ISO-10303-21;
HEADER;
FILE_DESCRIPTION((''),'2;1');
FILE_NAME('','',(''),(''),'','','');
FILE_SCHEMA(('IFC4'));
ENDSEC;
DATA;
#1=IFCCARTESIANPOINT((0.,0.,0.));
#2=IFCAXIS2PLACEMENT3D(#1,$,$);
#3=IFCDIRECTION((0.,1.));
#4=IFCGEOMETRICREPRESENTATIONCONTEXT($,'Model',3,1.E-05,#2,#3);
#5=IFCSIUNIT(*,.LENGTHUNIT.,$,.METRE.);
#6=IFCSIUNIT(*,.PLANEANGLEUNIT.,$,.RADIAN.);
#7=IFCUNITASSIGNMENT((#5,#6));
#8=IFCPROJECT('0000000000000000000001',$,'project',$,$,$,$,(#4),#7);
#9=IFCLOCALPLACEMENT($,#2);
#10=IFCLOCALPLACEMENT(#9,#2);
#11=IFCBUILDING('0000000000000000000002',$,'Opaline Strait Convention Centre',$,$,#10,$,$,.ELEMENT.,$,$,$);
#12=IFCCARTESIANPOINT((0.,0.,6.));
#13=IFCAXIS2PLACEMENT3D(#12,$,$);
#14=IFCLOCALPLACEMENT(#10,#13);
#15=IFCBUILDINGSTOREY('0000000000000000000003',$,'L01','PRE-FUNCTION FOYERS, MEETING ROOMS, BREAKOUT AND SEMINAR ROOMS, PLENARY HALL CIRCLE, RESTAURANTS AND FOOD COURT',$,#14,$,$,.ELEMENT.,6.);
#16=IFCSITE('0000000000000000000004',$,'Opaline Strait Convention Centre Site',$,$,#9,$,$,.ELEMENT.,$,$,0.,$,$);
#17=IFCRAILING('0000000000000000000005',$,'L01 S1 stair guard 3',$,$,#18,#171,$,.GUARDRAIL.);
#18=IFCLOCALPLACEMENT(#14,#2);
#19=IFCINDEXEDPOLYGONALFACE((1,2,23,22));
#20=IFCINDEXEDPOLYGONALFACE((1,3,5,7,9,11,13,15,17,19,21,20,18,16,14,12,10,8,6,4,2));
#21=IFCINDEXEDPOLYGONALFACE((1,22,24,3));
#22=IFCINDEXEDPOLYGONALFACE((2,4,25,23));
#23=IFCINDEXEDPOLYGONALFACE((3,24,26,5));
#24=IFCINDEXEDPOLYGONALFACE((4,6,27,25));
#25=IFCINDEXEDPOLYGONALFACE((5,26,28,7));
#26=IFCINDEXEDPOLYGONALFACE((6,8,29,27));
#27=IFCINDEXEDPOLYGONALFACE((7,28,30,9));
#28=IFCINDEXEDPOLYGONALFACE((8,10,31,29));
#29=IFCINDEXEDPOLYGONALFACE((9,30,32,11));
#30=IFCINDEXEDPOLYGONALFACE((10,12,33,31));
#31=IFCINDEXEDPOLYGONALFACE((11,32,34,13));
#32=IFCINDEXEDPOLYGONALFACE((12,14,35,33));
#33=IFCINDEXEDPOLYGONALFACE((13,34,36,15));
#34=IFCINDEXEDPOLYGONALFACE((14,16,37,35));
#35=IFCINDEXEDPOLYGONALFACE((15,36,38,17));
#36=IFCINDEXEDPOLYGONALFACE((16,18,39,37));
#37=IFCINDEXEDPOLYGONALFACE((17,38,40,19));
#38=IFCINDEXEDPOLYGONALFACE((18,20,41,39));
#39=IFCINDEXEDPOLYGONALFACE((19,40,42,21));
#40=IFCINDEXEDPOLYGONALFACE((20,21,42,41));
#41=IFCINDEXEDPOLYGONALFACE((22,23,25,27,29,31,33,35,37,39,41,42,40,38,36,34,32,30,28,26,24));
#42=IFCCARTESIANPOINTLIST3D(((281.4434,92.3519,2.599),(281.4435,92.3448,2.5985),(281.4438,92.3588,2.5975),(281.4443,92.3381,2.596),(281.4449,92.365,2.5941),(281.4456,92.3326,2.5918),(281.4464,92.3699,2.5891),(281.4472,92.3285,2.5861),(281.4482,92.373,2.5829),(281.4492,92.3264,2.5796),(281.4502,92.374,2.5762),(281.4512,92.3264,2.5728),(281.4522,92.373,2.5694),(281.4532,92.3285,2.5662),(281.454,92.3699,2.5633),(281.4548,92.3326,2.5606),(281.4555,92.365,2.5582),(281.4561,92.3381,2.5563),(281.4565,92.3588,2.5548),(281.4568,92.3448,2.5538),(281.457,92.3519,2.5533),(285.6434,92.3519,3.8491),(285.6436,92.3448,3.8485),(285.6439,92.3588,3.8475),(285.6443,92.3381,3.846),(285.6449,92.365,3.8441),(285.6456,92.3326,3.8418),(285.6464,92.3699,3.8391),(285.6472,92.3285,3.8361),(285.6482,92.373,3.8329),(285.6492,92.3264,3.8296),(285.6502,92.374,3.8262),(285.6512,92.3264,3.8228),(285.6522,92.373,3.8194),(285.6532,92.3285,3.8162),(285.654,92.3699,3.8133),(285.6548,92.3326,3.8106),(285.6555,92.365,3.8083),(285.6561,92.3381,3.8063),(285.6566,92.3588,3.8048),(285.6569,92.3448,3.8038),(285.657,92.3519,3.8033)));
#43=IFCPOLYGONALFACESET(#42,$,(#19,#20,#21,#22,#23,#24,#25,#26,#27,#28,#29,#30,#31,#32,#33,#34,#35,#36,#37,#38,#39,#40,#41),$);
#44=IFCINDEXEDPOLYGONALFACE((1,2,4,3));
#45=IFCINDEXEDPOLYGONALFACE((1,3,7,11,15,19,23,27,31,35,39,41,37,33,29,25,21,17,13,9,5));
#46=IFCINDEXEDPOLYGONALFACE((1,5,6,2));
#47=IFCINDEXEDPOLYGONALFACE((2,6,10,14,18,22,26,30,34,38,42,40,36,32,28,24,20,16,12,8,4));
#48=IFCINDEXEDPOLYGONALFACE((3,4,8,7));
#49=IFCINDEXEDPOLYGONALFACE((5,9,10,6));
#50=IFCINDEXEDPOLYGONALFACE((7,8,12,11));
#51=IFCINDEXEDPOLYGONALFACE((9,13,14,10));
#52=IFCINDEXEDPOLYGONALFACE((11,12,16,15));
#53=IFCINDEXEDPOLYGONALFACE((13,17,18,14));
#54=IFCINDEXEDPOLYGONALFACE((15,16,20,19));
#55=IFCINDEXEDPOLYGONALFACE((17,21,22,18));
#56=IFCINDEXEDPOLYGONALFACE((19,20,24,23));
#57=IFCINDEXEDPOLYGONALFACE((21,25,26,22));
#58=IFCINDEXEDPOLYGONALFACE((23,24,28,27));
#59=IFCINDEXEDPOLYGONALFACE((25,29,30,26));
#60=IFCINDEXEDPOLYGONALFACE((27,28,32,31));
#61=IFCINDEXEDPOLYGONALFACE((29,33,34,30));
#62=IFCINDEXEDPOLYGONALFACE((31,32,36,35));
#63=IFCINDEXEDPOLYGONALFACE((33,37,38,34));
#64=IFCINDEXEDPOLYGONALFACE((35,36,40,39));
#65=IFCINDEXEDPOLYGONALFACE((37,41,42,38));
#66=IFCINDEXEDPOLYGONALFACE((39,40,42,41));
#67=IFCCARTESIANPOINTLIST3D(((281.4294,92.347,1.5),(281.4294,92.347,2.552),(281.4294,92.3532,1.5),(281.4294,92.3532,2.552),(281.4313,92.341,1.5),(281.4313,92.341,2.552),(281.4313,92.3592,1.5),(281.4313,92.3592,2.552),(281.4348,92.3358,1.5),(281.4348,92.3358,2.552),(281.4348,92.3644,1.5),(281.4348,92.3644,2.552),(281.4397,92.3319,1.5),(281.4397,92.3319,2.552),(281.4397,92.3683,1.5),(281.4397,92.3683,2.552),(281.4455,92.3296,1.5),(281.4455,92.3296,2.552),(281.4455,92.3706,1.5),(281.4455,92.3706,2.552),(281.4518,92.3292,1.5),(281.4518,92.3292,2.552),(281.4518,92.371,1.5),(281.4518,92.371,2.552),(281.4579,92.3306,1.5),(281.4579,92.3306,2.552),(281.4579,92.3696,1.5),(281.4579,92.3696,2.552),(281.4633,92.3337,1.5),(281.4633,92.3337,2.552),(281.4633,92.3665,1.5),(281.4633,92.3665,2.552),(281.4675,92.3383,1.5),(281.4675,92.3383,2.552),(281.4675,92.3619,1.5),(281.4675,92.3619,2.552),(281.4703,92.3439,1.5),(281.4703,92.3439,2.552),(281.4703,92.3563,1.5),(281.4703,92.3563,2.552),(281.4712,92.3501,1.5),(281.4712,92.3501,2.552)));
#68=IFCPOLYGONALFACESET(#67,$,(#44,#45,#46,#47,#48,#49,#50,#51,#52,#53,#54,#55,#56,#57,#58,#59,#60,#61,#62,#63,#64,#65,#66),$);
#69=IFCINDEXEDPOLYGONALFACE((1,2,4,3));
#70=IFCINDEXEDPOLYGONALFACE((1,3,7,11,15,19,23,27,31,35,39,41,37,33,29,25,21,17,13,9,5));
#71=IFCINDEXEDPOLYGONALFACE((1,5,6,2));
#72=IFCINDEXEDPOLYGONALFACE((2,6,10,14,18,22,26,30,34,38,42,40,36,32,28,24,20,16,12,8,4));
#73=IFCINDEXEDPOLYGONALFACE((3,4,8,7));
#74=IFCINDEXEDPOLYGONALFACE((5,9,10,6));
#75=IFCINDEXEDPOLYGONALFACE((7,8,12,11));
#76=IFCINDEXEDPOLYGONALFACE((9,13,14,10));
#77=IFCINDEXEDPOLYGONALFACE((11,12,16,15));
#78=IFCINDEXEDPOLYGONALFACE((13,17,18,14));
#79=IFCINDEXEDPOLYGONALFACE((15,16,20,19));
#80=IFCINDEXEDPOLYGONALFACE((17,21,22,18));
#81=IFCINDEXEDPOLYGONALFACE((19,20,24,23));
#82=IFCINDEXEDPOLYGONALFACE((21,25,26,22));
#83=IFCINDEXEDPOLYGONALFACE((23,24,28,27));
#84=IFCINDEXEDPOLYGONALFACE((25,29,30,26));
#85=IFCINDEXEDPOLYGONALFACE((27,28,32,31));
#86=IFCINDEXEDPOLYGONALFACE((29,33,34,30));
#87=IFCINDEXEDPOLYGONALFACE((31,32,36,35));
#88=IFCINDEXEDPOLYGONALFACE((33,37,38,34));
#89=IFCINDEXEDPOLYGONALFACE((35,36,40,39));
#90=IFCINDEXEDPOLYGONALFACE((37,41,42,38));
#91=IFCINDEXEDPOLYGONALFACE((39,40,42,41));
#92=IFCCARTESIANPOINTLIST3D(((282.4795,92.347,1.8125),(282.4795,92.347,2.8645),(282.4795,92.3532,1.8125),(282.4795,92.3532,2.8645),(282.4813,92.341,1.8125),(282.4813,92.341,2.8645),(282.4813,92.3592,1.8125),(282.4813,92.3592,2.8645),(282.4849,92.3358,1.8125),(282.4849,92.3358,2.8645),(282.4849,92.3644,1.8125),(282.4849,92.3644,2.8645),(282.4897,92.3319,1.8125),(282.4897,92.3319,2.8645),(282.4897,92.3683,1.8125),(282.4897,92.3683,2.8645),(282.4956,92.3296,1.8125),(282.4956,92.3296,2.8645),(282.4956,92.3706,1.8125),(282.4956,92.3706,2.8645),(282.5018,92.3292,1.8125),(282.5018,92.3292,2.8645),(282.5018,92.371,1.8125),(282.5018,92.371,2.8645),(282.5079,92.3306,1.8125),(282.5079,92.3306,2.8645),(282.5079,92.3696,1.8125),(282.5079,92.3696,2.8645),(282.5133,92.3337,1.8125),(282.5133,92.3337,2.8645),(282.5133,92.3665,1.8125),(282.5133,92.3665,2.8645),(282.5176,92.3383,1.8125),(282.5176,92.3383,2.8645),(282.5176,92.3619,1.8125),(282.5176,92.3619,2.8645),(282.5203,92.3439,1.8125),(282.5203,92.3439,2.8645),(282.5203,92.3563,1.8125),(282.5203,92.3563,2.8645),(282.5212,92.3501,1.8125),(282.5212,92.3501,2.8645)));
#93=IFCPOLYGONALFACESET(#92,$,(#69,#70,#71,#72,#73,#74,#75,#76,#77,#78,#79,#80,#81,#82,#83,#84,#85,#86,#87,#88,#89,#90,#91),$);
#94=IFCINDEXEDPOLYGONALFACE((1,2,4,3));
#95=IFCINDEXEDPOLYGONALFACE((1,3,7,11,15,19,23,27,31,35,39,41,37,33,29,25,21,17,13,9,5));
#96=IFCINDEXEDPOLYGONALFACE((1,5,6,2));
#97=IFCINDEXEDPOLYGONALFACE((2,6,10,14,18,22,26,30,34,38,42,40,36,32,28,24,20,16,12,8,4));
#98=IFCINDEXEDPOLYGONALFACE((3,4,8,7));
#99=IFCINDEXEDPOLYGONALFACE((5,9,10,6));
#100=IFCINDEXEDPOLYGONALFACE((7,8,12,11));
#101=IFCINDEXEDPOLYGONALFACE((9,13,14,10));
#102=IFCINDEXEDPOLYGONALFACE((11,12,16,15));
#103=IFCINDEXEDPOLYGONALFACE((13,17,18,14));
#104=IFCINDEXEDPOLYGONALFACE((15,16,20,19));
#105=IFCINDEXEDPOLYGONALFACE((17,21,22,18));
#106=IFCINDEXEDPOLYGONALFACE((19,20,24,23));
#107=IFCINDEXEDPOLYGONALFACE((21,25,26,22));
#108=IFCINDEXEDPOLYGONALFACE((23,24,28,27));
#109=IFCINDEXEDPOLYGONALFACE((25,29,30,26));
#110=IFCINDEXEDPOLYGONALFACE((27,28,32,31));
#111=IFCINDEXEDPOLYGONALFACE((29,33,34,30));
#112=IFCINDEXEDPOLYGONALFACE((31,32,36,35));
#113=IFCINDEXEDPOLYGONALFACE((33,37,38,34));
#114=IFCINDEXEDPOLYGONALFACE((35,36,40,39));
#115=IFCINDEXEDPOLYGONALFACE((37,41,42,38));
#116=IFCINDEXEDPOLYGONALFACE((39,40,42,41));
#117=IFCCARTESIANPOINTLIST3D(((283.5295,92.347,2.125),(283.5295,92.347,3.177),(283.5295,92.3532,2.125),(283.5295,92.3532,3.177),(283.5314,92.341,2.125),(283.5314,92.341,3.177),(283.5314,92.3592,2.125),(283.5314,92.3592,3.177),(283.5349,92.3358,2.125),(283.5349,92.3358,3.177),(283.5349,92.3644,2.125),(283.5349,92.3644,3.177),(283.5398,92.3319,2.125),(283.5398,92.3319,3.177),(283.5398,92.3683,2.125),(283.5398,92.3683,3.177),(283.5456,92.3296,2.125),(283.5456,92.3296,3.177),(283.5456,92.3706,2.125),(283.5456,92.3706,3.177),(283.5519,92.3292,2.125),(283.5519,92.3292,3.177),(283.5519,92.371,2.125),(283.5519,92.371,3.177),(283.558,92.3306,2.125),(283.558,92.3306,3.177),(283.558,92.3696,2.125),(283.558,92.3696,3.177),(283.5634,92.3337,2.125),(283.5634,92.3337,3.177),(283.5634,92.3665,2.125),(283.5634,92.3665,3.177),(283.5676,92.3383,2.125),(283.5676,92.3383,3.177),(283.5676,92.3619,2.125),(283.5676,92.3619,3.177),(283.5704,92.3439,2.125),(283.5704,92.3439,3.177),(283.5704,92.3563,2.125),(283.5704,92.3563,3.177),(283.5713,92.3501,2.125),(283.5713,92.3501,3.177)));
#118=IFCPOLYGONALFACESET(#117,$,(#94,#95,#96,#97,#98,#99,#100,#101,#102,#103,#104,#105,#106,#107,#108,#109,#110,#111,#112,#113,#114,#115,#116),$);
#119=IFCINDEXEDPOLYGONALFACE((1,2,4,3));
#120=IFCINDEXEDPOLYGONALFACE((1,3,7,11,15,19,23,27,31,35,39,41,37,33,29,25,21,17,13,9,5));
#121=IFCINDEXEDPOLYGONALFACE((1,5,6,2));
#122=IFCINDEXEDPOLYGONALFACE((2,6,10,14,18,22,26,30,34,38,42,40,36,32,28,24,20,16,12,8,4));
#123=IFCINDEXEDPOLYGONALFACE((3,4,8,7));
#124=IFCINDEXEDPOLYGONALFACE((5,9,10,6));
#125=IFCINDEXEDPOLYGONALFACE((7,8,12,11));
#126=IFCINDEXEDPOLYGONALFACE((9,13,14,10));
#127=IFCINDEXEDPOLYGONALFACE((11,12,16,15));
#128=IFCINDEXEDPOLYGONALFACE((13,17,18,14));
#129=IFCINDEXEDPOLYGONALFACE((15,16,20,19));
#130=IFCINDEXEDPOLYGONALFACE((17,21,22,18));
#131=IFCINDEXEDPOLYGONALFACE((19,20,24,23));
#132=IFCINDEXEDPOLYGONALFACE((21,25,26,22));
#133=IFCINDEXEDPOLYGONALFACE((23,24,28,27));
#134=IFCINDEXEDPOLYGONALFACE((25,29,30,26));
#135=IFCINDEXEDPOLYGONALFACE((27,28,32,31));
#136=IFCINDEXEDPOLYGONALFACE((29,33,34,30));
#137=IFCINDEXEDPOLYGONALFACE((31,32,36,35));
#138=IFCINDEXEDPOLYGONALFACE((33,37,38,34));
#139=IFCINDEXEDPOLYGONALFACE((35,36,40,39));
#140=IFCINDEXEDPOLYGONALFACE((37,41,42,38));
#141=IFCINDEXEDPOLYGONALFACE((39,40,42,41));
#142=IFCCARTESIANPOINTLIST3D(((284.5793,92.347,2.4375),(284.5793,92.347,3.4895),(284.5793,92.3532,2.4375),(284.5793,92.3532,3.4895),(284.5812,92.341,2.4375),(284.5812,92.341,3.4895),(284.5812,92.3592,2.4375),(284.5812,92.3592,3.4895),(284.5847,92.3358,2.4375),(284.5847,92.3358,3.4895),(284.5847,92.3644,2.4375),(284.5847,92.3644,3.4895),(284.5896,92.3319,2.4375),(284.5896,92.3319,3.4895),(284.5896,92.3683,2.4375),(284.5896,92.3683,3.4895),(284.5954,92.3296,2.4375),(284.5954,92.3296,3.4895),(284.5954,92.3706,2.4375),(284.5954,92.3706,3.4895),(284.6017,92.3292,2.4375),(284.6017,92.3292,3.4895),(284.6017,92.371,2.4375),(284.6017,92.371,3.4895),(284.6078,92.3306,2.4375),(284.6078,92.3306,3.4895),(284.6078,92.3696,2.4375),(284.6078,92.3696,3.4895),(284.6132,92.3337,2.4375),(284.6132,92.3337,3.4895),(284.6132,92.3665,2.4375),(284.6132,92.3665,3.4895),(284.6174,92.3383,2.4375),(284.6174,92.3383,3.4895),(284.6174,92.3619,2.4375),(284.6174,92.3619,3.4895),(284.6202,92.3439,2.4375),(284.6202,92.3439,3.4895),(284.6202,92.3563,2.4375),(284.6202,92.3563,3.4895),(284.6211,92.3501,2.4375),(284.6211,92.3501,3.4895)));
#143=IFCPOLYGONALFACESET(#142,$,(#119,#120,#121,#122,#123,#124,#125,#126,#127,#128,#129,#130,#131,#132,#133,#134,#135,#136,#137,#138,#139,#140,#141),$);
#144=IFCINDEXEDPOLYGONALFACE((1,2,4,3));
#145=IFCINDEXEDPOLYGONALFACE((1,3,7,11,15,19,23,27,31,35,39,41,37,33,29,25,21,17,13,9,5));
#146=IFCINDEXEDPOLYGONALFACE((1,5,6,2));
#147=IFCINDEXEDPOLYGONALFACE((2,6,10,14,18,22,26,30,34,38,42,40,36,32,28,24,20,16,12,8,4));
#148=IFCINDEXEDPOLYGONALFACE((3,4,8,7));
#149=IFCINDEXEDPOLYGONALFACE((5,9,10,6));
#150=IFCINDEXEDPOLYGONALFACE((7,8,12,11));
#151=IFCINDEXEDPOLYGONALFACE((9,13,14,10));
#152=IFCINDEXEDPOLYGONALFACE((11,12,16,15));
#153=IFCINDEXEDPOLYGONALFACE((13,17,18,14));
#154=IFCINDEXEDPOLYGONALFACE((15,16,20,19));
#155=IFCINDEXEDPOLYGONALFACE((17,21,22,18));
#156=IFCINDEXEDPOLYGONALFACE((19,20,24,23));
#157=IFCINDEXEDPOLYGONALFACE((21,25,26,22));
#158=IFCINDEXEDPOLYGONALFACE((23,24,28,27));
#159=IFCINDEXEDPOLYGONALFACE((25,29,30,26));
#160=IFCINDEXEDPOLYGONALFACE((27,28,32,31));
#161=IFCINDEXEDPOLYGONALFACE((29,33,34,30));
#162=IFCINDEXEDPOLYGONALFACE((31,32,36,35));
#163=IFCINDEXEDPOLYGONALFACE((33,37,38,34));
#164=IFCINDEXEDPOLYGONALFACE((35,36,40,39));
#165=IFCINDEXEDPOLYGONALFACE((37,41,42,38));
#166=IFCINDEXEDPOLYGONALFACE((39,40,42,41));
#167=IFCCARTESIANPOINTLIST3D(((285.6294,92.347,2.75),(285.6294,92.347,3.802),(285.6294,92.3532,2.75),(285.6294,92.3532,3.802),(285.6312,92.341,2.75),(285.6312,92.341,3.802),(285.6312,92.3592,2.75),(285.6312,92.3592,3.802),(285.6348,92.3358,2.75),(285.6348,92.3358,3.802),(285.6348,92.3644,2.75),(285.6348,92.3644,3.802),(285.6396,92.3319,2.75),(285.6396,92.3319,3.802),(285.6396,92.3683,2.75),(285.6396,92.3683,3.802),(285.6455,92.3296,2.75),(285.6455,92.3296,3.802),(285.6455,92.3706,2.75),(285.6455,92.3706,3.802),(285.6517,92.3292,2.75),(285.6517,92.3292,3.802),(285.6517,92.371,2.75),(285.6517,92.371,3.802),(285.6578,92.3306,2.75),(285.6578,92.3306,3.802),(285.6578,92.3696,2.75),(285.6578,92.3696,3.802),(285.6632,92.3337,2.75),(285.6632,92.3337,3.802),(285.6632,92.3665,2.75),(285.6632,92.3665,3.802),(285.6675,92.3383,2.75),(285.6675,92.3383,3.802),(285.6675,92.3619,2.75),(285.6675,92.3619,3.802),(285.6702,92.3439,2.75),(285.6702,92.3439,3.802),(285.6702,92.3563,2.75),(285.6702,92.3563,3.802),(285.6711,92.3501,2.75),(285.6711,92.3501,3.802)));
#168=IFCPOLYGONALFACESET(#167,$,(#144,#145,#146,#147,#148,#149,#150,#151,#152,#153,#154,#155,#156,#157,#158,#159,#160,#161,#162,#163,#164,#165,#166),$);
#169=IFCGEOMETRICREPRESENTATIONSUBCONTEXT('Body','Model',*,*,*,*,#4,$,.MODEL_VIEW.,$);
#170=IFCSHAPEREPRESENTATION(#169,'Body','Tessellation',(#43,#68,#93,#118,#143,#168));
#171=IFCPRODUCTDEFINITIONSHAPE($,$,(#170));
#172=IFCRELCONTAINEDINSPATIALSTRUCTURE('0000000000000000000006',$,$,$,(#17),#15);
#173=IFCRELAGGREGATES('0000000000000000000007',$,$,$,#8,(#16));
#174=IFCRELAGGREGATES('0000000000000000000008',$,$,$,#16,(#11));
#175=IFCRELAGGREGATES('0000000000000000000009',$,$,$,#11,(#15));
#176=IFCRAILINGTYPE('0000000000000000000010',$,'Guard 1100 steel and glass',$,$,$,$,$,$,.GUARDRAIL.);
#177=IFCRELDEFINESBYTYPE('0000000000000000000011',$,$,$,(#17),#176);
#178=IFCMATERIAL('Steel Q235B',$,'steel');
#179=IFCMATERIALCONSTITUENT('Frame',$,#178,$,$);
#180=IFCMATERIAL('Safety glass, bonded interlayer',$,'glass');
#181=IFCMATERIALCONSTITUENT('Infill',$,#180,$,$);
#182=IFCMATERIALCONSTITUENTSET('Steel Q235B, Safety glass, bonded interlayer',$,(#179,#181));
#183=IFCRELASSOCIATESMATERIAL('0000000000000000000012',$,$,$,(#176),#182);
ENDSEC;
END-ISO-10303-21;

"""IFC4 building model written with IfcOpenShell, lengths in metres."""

from ifc_helpers import new_model, si_unit, direction, frame, origin, origin_2d, place, context, subcontext, project, spatial, circle, extrude, material, constituent, constituent_set, type_object, element, save


model = new_model("IFC4")

# Units and contexts
model_context = context("Model", 3, precision=1e-05, world=origin(), true_north=direction((0.0, 1.0)))
body_context = subcontext(model_context, "Body", "Model", "MODEL_VIEW")
ifc_project = project(units=[si_unit("LENGTHUNIT", "METRE"), si_unit("PLANEANGLEUNIT", "RADIAN")], contexts=[model_context])

# Site, building, storey
site_placement = place(None, origin())
site = spatial("IfcSite", under=ifc_project, at=site_placement, Name="Opaline Strait Convention Centre Site", CompositionType="ELEMENT", RefElevation=0.0)
building_placement = place(site_placement, origin())
building = spatial("IfcBuilding", under=site, at=building_placement, Name="Opaline Strait Convention Centre", CompositionType="ELEMENT")
storey_placement = place(building_placement, frame((0.0, 0.0, 6.0)))
storey = spatial("IfcBuildingStorey", under=building, at=storey_placement, Name="L01", Description="PRE-FUNCTION FOYERS, MEETING ROOMS, BREAKOUT AND SEMINAR ROOMS, PLENARY HALL CIRCLE, RESTAURANTS AND FOOD COURT", CompositionType="ELEMENT", Elevation=6.0)

# Railing
ifc_material_1 = material(Name="Steel Q235B", Category="steel")
ifc_constituent_1 = constituent(ifc_material_1, Name="Frame")
ifc_material_2 = material(Name="Safety glass, bonded interlayer", Category="glass")
ifc_constituent_2 = constituent(ifc_material_2, Name="Infill")
ifc_constituent_set = constituent_set(constituents=[ifc_constituent_1, ifc_constituent_2], Name="Steel Q235B, Safety glass, bonded interlayer")
railing_type_1 = type_object("IfcRailingType", Name="Guard 1100 steel and glass", PredefinedType="GUARDRAIL", material=ifc_constituent_set)
railing_1_placement = place(storey_placement, frame((281.4502, 92.3501, 1.5)))
element("IfcRailing", 1, at=railing_1_placement, inside=storey, type_object=railing_type_1, Name="L01 S1 stair guard 3", PredefinedType="GUARDRAIL", context=body_context, shape_type="SweptSolid", body=[
    extrude(circle(Radius=0.0239, at=origin_2d()), frame((0.0, 0.0, 1.0762), z_axis=(0.958451, 0.0, 0.285257), x_axis=(0.0, 1.0, 0.0)), (0.0, 0.0, 1.0), 4.3821),
    extrude(circle(Radius=0.021, at=origin_2d()), origin(), (0.0, 0.0, 1.0), 1.052),
    extrude(circle(Radius=0.021, at=origin_2d()), frame((1.05, 0.0, 0.3125)), (0.0, 0.0, 1.0), 1.052),
    extrude(circle(Radius=0.021, at=origin_2d()), frame((2.1001, 0.0, 0.625)), (0.0, 0.0, 1.0), 1.052),
    extrude(circle(Radius=0.021, at=origin_2d()), frame((3.1499, 0.0, 0.9375)), (0.0, 0.0, 1.0), 1.052),
    extrude(circle(Radius=0.021, at=origin_2d()), frame((4.2, 0.0, 1.25)), (0.0, 0.0, 1.0), 1.052),
])

save(model, "model.ifc")
